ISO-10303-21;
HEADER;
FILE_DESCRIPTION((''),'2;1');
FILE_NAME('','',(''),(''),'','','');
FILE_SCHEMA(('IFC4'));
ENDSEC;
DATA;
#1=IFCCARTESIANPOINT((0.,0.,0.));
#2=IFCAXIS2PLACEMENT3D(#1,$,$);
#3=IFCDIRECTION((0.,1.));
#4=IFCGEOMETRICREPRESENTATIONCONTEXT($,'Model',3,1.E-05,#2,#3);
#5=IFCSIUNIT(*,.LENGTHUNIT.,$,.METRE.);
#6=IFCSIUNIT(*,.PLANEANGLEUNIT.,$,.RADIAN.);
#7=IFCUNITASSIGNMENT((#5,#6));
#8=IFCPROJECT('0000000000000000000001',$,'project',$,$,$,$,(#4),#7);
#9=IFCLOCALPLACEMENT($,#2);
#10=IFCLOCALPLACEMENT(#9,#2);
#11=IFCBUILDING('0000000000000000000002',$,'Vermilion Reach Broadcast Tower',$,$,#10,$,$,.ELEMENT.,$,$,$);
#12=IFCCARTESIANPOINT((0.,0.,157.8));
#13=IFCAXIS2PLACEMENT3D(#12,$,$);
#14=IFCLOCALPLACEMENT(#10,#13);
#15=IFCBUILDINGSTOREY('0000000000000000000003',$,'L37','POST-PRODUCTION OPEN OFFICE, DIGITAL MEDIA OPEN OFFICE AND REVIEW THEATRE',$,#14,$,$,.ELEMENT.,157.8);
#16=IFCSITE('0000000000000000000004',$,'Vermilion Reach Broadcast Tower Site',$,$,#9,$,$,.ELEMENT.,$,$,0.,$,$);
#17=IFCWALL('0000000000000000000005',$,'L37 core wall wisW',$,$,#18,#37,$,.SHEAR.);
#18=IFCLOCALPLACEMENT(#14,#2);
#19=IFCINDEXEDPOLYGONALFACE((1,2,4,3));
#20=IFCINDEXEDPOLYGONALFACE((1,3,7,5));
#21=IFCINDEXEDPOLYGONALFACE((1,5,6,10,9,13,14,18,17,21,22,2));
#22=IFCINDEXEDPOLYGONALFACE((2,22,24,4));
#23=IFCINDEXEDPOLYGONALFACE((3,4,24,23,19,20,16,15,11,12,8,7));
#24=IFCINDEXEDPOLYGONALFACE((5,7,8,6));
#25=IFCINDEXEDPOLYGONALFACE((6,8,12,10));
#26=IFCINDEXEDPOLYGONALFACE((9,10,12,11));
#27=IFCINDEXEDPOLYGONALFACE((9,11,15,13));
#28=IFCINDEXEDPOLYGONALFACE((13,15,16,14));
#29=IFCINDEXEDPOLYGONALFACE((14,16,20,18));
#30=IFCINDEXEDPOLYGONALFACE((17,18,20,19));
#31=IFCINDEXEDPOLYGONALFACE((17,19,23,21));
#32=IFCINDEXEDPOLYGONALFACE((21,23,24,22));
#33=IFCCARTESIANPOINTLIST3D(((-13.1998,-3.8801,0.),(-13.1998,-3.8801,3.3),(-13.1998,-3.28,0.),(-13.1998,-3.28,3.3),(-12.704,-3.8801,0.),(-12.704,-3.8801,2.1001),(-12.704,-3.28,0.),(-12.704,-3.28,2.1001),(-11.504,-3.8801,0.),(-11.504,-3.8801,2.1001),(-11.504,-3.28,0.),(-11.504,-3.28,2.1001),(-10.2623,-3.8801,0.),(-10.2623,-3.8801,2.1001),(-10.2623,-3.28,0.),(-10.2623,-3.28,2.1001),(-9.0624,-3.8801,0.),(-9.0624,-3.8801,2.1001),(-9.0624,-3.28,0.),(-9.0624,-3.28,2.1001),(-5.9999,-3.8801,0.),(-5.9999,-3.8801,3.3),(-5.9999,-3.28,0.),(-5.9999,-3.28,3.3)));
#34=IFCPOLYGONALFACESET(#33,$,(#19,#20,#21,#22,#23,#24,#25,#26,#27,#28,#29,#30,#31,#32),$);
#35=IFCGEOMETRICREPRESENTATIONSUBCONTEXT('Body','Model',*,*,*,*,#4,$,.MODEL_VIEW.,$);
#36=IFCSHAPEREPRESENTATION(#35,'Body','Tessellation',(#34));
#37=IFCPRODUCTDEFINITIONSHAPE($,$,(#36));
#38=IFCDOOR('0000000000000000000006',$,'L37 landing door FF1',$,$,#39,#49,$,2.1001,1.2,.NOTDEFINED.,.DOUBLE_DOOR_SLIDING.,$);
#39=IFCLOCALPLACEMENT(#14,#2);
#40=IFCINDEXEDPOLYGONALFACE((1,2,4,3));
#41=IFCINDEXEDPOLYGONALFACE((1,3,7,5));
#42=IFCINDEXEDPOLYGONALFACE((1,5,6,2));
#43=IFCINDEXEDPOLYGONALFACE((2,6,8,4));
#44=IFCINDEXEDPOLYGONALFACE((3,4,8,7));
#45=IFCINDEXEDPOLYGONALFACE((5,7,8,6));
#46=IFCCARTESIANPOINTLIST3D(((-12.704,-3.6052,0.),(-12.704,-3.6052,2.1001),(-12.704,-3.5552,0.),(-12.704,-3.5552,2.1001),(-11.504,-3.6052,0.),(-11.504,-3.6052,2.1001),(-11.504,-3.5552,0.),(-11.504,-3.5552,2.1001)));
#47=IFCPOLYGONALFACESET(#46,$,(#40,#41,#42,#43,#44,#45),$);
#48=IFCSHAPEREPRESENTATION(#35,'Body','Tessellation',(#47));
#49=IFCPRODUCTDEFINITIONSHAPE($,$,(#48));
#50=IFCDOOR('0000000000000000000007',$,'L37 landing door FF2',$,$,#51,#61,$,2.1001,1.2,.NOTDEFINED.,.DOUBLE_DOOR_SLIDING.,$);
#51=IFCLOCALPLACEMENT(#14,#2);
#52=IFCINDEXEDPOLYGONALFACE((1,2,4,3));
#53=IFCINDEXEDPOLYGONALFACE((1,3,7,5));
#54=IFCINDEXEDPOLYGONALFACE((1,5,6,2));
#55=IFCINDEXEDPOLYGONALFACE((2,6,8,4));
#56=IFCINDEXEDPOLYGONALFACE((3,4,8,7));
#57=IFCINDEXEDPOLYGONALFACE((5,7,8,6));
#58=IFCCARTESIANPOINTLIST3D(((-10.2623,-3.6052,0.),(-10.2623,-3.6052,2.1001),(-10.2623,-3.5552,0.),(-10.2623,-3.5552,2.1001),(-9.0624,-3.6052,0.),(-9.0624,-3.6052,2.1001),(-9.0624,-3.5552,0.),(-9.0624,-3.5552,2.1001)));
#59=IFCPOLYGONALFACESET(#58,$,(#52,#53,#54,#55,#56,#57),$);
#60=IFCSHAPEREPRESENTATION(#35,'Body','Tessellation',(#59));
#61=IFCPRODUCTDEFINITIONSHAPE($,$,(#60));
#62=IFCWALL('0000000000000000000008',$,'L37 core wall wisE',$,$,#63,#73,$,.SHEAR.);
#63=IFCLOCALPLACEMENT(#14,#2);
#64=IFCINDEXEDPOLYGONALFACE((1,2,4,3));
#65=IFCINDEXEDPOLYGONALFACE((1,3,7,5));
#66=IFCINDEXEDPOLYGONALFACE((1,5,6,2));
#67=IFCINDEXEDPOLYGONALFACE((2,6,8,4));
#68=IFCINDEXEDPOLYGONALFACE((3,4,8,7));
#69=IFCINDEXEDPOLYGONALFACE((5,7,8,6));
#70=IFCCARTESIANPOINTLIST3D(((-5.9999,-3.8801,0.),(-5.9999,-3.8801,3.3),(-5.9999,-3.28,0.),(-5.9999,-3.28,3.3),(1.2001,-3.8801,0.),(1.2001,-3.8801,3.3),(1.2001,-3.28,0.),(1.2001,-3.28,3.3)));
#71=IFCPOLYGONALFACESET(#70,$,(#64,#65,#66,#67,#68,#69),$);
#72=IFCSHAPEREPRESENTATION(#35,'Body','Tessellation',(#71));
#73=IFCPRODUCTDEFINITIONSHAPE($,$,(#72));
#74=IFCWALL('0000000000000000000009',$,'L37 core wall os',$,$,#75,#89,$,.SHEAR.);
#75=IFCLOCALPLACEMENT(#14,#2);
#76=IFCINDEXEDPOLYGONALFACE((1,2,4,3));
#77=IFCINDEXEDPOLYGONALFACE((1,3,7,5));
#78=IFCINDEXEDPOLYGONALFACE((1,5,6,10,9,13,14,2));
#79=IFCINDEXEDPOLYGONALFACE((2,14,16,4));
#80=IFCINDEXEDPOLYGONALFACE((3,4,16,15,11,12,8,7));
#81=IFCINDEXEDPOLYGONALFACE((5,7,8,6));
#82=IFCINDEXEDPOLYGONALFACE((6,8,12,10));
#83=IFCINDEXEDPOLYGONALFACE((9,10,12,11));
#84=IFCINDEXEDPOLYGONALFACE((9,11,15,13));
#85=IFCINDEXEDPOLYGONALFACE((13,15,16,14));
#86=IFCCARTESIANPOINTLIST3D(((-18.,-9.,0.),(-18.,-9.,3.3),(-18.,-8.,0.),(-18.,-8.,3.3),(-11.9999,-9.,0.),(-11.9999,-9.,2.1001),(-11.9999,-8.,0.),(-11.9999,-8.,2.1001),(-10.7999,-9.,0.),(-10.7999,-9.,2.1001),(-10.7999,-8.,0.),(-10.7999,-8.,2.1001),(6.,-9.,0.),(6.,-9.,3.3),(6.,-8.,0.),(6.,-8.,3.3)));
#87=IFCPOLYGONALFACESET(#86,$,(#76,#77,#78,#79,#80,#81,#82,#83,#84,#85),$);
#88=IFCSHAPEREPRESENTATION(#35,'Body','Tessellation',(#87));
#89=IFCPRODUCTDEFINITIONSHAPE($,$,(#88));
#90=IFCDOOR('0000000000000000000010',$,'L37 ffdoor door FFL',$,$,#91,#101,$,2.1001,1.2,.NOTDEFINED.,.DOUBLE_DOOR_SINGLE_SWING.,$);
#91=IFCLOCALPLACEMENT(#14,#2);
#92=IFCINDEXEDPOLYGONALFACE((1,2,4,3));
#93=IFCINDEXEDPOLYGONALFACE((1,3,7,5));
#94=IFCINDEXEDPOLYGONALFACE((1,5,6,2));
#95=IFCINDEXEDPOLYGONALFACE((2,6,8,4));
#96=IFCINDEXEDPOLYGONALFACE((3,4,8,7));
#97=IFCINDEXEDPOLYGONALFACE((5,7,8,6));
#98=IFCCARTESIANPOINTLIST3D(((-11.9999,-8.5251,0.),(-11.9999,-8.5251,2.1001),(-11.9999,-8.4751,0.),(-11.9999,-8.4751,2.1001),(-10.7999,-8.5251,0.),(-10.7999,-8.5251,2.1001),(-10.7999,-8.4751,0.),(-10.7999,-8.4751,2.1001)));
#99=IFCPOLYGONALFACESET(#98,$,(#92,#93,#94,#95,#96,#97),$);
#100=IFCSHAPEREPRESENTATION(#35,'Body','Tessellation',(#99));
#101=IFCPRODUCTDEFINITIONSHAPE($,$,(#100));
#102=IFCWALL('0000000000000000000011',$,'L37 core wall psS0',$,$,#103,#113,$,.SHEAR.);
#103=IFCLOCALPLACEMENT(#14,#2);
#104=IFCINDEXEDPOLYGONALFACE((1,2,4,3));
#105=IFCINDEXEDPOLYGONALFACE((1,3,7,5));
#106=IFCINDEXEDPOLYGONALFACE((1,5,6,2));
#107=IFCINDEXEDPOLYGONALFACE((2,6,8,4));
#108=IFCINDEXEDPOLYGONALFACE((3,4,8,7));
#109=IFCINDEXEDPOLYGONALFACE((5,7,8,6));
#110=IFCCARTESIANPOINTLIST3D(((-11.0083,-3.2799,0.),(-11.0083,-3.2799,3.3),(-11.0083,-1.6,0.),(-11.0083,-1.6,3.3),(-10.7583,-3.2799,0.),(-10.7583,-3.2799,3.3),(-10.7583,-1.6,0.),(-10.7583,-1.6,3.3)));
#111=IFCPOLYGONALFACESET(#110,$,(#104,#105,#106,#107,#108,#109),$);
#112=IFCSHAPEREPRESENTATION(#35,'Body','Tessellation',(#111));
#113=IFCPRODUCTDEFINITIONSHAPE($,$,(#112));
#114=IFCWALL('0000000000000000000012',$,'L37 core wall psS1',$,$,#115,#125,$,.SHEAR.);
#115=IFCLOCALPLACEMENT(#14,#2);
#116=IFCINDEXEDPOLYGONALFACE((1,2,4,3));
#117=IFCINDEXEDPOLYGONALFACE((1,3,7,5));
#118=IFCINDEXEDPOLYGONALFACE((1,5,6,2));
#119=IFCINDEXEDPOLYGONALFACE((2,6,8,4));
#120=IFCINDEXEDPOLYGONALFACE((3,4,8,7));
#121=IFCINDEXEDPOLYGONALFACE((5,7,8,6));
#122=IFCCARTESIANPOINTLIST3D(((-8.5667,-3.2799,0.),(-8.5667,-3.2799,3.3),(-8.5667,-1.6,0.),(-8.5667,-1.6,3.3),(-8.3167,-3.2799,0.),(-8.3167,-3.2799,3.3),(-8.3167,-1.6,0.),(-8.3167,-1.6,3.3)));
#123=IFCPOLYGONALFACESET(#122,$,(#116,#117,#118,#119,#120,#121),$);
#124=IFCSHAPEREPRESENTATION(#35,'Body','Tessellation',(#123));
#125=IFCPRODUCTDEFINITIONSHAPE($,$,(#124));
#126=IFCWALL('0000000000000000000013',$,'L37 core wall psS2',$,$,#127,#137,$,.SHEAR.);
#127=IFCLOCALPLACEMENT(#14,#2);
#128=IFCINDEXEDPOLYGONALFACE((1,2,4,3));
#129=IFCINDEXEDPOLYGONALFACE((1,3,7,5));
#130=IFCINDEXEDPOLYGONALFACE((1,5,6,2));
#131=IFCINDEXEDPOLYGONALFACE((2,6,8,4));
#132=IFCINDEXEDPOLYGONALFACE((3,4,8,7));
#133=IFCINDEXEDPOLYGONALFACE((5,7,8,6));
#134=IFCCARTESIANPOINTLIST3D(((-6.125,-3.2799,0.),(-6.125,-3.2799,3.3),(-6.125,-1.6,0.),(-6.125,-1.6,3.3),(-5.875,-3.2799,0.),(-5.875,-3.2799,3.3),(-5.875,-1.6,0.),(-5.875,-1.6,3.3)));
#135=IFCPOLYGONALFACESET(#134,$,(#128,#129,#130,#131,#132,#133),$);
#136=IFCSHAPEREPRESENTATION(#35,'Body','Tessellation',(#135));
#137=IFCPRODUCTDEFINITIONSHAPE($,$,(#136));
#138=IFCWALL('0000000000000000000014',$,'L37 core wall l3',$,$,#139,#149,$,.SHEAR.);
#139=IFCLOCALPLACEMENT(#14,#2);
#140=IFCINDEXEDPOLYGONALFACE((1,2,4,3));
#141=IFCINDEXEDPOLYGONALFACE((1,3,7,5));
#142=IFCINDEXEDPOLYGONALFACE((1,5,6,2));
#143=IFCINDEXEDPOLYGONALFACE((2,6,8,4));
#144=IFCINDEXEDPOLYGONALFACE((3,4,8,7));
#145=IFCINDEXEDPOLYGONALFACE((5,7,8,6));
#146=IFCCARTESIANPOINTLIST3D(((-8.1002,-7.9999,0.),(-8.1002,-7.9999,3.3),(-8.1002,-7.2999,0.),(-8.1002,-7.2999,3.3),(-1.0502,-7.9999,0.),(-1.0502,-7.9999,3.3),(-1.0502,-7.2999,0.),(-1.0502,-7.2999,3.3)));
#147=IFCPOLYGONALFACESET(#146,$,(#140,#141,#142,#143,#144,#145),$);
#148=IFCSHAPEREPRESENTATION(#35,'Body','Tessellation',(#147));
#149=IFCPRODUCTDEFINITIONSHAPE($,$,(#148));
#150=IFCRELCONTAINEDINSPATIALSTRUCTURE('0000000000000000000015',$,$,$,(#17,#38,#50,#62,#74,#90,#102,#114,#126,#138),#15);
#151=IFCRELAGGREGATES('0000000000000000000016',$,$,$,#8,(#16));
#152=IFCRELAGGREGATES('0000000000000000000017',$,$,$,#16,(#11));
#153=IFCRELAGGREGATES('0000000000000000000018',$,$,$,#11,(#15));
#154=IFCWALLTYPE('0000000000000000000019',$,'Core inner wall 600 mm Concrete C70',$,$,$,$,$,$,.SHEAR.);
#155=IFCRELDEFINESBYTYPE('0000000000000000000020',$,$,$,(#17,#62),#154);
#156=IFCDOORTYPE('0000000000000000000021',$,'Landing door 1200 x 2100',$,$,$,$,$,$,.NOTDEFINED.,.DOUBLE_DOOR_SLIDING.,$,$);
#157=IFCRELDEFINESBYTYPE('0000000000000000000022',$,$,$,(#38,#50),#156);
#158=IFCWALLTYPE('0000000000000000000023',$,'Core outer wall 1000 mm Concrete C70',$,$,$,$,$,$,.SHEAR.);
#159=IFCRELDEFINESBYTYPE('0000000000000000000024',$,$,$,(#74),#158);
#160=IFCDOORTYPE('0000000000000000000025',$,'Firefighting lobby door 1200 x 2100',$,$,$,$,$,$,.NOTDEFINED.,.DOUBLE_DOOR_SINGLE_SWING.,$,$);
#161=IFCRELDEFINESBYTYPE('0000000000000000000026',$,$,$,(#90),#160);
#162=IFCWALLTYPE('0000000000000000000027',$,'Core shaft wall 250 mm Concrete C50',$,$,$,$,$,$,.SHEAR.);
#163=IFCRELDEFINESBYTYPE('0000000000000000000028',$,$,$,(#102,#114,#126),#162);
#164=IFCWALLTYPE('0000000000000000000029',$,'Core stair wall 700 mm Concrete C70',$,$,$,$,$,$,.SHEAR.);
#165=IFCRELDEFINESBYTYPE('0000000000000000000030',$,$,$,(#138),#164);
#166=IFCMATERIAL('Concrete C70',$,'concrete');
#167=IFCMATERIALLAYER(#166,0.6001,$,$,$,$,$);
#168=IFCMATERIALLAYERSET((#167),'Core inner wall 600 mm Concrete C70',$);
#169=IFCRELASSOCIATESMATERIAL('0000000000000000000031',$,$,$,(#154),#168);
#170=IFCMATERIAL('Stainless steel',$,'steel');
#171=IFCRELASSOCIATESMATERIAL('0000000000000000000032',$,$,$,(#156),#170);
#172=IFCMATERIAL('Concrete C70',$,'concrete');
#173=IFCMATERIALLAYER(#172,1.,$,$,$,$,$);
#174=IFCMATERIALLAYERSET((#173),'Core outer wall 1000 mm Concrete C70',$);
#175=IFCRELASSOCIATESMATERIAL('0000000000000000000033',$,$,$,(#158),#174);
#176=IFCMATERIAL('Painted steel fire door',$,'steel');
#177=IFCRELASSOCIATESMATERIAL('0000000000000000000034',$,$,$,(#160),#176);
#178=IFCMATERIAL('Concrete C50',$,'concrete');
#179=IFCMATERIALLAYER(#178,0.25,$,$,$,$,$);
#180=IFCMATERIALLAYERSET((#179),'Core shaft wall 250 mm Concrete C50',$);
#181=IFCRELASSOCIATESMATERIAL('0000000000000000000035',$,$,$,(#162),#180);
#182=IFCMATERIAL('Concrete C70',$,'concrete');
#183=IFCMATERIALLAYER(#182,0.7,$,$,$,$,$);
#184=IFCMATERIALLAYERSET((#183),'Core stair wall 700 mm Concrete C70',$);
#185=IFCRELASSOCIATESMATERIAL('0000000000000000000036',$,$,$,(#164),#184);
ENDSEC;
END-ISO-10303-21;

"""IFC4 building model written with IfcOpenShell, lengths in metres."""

from ifc_helpers import new_model, si_unit, direction, frame, frame_2d, origin, place, context, subcontext, project, spatial, rectangle, extrude, material, layer, layer_set, type_object, element, fill, save


model = new_model("IFC4")

# Units and contexts
model_context = context("Model", 3, precision=1e-05, world=origin(), true_north=direction((0.0, 1.0)))
body_context = subcontext(model_context, "Body", "Model", "MODEL_VIEW")
ifc_project = project(units=[si_unit("LENGTHUNIT", "METRE"), si_unit("PLANEANGLEUNIT", "RADIAN")], contexts=[model_context])

# Site, building, storey
site_placement = place(None, origin())
site = spatial("IfcSite", under=ifc_project, at=site_placement, Name="Vermilion Reach Broadcast Tower Site", CompositionType="ELEMENT", RefElevation=0.0)
building_placement = place(site_placement, origin())
building = spatial("IfcBuilding", under=site, at=building_placement, Name="Vermilion Reach Broadcast Tower", CompositionType="ELEMENT")
storey_placement = place(building_placement, frame((0.0, 0.0, 157.8)))
storey = spatial("IfcBuildingStorey", under=building, at=storey_placement, Name="L37", Description="POST-PRODUCTION OPEN OFFICE, DIGITAL MEDIA OPEN OFFICE AND REVIEW THEATRE", CompositionType="ELEMENT", Elevation=157.8)

# Wall, openings, doors
ifc_material_1 = material(Name="Concrete C70", Category="concrete")
ifc_layer_1 = layer(ifc_material_1, 0.6001)
ifc_layer_set_1 = layer_set([ifc_layer_1], Name="Core inner wall 600 mm Concrete C70")
wall_type_1 = type_object("IfcWallType", Name="Core inner wall 600 mm Concrete C70", PredefinedType="SHEAR", material=ifc_layer_set_1)
wall_1_placement = place(storey_placement, frame((-13.2, -3.5801, 0.0), z_axis=(0.0, 0.0, 1.0), x_axis=(1.0, 0.0, 0.0)))
wall_1 = element("IfcWall", 1, at=wall_1_placement, inside=storey, type_object=wall_type_1, Name="L37 core wall wisW", PredefinedType="SHEAR", context=body_context, shape_type="SweptSolid", body=[
    extrude(rectangle(XDim=7.2, YDim=0.6001, at=frame_2d((3.6001, 0.0))), origin(), (0.0, 0.0, 1.0), 3.3),
])
opening_1_placement = place(wall_1_placement, frame((0.4958, 0.0, 0.0)))
opening_1 = element("IfcOpeningElement", 2, at=opening_1_placement, cuts=wall_1, PredefinedType="OPENING", context=body_context, shape_type="SweptSolid", body=[
    extrude(rectangle(XDim=1.2, YDim=2.1001, at=frame_2d((0.6001, 1.05))), frame((0.0, 0.3101, 0.0), z_axis=(0.0, -1.0, 0.0), x_axis=(1.0, 0.0, 0.0)), (0.0, 0.0, 1.0), 0.6201),
])
opening_2_placement = place(wall_1_placement, frame((2.9375, 0.0, 0.0)))
opening_2 = element("IfcOpeningElement", 3, at=opening_2_placement, cuts=wall_1, PredefinedType="OPENING", context=body_context, shape_type="SweptSolid", body=[
    extrude(rectangle(XDim=1.2, YDim=2.1001, at=frame_2d((0.6001, 1.05))), frame((0.0, 0.3101, 0.0), z_axis=(0.0, -1.0, 0.0), x_axis=(1.0, 0.0, 0.0)), (0.0, 0.0, 1.0), 0.6201),
])
ifc_material_2 = material(Name="Stainless steel", Category="steel")
door_type_1 = type_object("IfcDoorType", Name="Landing door 1200 x 2100", OperationType="DOUBLE_DOOR_SLIDING", PredefinedType="NOTDEFINED", material=ifc_material_2)
door_1_placement = place(opening_1_placement, origin())
door_1 = element("IfcDoor", 4, at=door_1_placement, inside=storey, type_object=door_type_1, Name="L37 landing door FF1", OperationType="DOUBLE_DOOR_SLIDING", OverallHeight=2.1001, OverallWidth=1.2, PredefinedType="NOTDEFINED", context=body_context, shape_type="SweptSolid", body=[
    extrude(rectangle(XDim=1.2, YDim=2.1001, at=frame_2d((0.6001, 1.05))), frame((0.0, 0.0249, 0.0), z_axis=(0.0, -1.0, 0.0), x_axis=(1.0, 0.0, 0.0)), (0.0, 0.0, 1.0), 0.05),
])
fill(opening_1, door_1)
door_2_placement = place(opening_2_placement, origin())
door_2 = element("IfcDoor", 5, at=door_2_placement, inside=storey, type_object=door_type_1, Name="L37 landing door FF2", OperationType="DOUBLE_DOOR_SLIDING", OverallHeight=2.1001, OverallWidth=1.2, PredefinedType="NOTDEFINED", context=body_context, shape_type="SweptSolid", body=[
    extrude(rectangle(XDim=1.2, YDim=2.1001, at=frame_2d((0.6001, 1.05))), frame((0.0, 0.0249, 0.0), z_axis=(0.0, -1.0, 0.0), x_axis=(1.0, 0.0, 0.0)), (0.0, 0.0, 1.0), 0.05),
])
fill(opening_2, door_2)

# Wall
wall_2_placement = place(storey_placement, frame((-6.0, -3.5801, 0.0), z_axis=(0.0, 0.0, 1.0), x_axis=(1.0, 0.0, 0.0)))
element("IfcWall", 6, at=wall_2_placement, inside=storey, type_object=wall_type_1, Name="L37 core wall wisE", PredefinedType="SHEAR", context=body_context, shape_type="SweptSolid", body=[
    extrude(rectangle(XDim=7.2, YDim=0.6001, at=frame_2d((3.6001, 0.0))), origin(), (0.0, 0.0, 1.0), 3.3),
])

# Wall, opening, door
ifc_material_3 = material(Name="Concrete C70", Category="concrete")
ifc_layer_2 = layer(ifc_material_3, 1.0)
ifc_layer_set_2 = layer_set([ifc_layer_2], Name="Core outer wall 1000 mm Concrete C70")
wall_type_2 = type_object("IfcWallType", Name="Core outer wall 1000 mm Concrete C70", PredefinedType="SHEAR", material=ifc_layer_set_2)
wall_3_placement = place(storey_placement, frame((-18.0, -8.5, 0.0), z_axis=(0.0, 0.0, 1.0), x_axis=(1.0, 0.0, 0.0)))
wall_3 = element("IfcWall", 7, at=wall_3_placement, inside=storey, type_object=wall_type_2, Name="L37 core wall os", PredefinedType="SHEAR", context=body_context, shape_type="SweptSolid", body=[
    extrude(rectangle(XDim=24.0, YDim=1.0, at=frame_2d((12.0, 0.0))), origin(), (0.0, 0.0, 1.0), 3.3),
])
opening_3_placement = place(wall_3_placement, frame((6.0, 0.0, 0.0)))
opening_3 = element("IfcOpeningElement", 8, at=opening_3_placement, cuts=wall_3, PredefinedType="OPENING", context=body_context, shape_type="SweptSolid", body=[
    extrude(rectangle(XDim=1.2, YDim=2.1001, at=frame_2d((0.6001, 1.05))), frame((0.0, 0.51, 0.0), z_axis=(0.0, -1.0, 0.0), x_axis=(1.0, 0.0, 0.0)), (0.0, 0.0, 1.0), 1.02),
])
ifc_material_4 = material(Name="Painted steel fire door", Category="steel")
door_type_2 = type_object("IfcDoorType", Name="Firefighting lobby door 1200 x 2100", OperationType="DOUBLE_DOOR_SINGLE_SWING", PredefinedType="NOTDEFINED", material=ifc_material_4)
door_3_placement = place(opening_3_placement, origin())
door_3 = element("IfcDoor", 9, at=door_3_placement, inside=storey, type_object=door_type_2, Name="L37 ffdoor door FFL", OperationType="DOUBLE_DOOR_SINGLE_SWING", OverallHeight=2.1001, OverallWidth=1.2, PredefinedType="NOTDEFINED", context=body_context, shape_type="SweptSolid", body=[
    extrude(rectangle(XDim=1.2, YDim=2.1001, at=frame_2d((0.6001, 1.05))), frame((0.0, 0.0249, 0.0), z_axis=(0.0, -1.0, 0.0), x_axis=(1.0, 0.0, 0.0)), (0.0, 0.0, 1.0), 0.05),
])
fill(opening_3, door_3)

# Walls
ifc_material_5 = material(Name="Concrete C50", Category="concrete")
ifc_layer_3 = layer(ifc_material_5, 0.25)
ifc_layer_set_3 = layer_set([ifc_layer_3], Name="Core shaft wall 250 mm Concrete C50")
wall_type_3 = type_object("IfcWallType", Name="Core shaft wall 250 mm Concrete C50", PredefinedType="SHEAR", material=ifc_layer_set_3)
for number, where, z_axis, x_axis, name in (
    (10, (-10.8833, -1.6001, 0.0), (0.0, 0.0, 1.0), (0.0, -1.0, 0.0), "L37 core wall psS0"),
    (11, (-8.4417, -1.6001, 0.0), (0.0, 0.0, 1.0), (0.0, -1.0, 0.0), "L37 core wall psS1"),
    (12, (-6.0, -1.6001, 0.0), (0.0, 0.0, 1.0), (0.0, -1.0, 0.0), "L37 core wall psS2"),
):
    element("IfcWall", number, at=place(storey_placement, frame(where, z_axis=z_axis, x_axis=x_axis)), inside=storey, type_object=wall_type_3, Name=name, PredefinedType="SHEAR", context=body_context, shape_type="SweptSolid", body=[
        extrude(rectangle(XDim=1.6799, YDim=0.25, at=frame_2d((0.8398, 0.0))), origin(), (0.0, 0.0, 1.0), 3.3),
    ])
ifc_material_6 = material(Name="Concrete C70", Category="concrete")
ifc_layer_4 = layer(ifc_material_6, 0.7)
ifc_layer_set_4 = layer_set([ifc_layer_4], Name="Core stair wall 700 mm Concrete C70")
wall_type_4 = type_object("IfcWallType", Name="Core stair wall 700 mm Concrete C70", PredefinedType="SHEAR", material=ifc_layer_set_4)
wall_4_placement = place(storey_placement, frame((-8.1001, -7.6499, 0.0), z_axis=(0.0, 0.0, 1.0), x_axis=(1.0, 0.0, 0.0)))
element("IfcWall", 13, at=wall_4_placement, inside=storey, type_object=wall_type_4, Name="L37 core wall l3", PredefinedType="SHEAR", context=body_context, shape_type="SweptSolid", body=[
    extrude(rectangle(XDim=7.05, YDim=0.7, at=frame_2d((3.5249, 0.0))), origin(), (0.0, 0.0, 1.0), 3.3),
])

save(model, "model.ifc")
